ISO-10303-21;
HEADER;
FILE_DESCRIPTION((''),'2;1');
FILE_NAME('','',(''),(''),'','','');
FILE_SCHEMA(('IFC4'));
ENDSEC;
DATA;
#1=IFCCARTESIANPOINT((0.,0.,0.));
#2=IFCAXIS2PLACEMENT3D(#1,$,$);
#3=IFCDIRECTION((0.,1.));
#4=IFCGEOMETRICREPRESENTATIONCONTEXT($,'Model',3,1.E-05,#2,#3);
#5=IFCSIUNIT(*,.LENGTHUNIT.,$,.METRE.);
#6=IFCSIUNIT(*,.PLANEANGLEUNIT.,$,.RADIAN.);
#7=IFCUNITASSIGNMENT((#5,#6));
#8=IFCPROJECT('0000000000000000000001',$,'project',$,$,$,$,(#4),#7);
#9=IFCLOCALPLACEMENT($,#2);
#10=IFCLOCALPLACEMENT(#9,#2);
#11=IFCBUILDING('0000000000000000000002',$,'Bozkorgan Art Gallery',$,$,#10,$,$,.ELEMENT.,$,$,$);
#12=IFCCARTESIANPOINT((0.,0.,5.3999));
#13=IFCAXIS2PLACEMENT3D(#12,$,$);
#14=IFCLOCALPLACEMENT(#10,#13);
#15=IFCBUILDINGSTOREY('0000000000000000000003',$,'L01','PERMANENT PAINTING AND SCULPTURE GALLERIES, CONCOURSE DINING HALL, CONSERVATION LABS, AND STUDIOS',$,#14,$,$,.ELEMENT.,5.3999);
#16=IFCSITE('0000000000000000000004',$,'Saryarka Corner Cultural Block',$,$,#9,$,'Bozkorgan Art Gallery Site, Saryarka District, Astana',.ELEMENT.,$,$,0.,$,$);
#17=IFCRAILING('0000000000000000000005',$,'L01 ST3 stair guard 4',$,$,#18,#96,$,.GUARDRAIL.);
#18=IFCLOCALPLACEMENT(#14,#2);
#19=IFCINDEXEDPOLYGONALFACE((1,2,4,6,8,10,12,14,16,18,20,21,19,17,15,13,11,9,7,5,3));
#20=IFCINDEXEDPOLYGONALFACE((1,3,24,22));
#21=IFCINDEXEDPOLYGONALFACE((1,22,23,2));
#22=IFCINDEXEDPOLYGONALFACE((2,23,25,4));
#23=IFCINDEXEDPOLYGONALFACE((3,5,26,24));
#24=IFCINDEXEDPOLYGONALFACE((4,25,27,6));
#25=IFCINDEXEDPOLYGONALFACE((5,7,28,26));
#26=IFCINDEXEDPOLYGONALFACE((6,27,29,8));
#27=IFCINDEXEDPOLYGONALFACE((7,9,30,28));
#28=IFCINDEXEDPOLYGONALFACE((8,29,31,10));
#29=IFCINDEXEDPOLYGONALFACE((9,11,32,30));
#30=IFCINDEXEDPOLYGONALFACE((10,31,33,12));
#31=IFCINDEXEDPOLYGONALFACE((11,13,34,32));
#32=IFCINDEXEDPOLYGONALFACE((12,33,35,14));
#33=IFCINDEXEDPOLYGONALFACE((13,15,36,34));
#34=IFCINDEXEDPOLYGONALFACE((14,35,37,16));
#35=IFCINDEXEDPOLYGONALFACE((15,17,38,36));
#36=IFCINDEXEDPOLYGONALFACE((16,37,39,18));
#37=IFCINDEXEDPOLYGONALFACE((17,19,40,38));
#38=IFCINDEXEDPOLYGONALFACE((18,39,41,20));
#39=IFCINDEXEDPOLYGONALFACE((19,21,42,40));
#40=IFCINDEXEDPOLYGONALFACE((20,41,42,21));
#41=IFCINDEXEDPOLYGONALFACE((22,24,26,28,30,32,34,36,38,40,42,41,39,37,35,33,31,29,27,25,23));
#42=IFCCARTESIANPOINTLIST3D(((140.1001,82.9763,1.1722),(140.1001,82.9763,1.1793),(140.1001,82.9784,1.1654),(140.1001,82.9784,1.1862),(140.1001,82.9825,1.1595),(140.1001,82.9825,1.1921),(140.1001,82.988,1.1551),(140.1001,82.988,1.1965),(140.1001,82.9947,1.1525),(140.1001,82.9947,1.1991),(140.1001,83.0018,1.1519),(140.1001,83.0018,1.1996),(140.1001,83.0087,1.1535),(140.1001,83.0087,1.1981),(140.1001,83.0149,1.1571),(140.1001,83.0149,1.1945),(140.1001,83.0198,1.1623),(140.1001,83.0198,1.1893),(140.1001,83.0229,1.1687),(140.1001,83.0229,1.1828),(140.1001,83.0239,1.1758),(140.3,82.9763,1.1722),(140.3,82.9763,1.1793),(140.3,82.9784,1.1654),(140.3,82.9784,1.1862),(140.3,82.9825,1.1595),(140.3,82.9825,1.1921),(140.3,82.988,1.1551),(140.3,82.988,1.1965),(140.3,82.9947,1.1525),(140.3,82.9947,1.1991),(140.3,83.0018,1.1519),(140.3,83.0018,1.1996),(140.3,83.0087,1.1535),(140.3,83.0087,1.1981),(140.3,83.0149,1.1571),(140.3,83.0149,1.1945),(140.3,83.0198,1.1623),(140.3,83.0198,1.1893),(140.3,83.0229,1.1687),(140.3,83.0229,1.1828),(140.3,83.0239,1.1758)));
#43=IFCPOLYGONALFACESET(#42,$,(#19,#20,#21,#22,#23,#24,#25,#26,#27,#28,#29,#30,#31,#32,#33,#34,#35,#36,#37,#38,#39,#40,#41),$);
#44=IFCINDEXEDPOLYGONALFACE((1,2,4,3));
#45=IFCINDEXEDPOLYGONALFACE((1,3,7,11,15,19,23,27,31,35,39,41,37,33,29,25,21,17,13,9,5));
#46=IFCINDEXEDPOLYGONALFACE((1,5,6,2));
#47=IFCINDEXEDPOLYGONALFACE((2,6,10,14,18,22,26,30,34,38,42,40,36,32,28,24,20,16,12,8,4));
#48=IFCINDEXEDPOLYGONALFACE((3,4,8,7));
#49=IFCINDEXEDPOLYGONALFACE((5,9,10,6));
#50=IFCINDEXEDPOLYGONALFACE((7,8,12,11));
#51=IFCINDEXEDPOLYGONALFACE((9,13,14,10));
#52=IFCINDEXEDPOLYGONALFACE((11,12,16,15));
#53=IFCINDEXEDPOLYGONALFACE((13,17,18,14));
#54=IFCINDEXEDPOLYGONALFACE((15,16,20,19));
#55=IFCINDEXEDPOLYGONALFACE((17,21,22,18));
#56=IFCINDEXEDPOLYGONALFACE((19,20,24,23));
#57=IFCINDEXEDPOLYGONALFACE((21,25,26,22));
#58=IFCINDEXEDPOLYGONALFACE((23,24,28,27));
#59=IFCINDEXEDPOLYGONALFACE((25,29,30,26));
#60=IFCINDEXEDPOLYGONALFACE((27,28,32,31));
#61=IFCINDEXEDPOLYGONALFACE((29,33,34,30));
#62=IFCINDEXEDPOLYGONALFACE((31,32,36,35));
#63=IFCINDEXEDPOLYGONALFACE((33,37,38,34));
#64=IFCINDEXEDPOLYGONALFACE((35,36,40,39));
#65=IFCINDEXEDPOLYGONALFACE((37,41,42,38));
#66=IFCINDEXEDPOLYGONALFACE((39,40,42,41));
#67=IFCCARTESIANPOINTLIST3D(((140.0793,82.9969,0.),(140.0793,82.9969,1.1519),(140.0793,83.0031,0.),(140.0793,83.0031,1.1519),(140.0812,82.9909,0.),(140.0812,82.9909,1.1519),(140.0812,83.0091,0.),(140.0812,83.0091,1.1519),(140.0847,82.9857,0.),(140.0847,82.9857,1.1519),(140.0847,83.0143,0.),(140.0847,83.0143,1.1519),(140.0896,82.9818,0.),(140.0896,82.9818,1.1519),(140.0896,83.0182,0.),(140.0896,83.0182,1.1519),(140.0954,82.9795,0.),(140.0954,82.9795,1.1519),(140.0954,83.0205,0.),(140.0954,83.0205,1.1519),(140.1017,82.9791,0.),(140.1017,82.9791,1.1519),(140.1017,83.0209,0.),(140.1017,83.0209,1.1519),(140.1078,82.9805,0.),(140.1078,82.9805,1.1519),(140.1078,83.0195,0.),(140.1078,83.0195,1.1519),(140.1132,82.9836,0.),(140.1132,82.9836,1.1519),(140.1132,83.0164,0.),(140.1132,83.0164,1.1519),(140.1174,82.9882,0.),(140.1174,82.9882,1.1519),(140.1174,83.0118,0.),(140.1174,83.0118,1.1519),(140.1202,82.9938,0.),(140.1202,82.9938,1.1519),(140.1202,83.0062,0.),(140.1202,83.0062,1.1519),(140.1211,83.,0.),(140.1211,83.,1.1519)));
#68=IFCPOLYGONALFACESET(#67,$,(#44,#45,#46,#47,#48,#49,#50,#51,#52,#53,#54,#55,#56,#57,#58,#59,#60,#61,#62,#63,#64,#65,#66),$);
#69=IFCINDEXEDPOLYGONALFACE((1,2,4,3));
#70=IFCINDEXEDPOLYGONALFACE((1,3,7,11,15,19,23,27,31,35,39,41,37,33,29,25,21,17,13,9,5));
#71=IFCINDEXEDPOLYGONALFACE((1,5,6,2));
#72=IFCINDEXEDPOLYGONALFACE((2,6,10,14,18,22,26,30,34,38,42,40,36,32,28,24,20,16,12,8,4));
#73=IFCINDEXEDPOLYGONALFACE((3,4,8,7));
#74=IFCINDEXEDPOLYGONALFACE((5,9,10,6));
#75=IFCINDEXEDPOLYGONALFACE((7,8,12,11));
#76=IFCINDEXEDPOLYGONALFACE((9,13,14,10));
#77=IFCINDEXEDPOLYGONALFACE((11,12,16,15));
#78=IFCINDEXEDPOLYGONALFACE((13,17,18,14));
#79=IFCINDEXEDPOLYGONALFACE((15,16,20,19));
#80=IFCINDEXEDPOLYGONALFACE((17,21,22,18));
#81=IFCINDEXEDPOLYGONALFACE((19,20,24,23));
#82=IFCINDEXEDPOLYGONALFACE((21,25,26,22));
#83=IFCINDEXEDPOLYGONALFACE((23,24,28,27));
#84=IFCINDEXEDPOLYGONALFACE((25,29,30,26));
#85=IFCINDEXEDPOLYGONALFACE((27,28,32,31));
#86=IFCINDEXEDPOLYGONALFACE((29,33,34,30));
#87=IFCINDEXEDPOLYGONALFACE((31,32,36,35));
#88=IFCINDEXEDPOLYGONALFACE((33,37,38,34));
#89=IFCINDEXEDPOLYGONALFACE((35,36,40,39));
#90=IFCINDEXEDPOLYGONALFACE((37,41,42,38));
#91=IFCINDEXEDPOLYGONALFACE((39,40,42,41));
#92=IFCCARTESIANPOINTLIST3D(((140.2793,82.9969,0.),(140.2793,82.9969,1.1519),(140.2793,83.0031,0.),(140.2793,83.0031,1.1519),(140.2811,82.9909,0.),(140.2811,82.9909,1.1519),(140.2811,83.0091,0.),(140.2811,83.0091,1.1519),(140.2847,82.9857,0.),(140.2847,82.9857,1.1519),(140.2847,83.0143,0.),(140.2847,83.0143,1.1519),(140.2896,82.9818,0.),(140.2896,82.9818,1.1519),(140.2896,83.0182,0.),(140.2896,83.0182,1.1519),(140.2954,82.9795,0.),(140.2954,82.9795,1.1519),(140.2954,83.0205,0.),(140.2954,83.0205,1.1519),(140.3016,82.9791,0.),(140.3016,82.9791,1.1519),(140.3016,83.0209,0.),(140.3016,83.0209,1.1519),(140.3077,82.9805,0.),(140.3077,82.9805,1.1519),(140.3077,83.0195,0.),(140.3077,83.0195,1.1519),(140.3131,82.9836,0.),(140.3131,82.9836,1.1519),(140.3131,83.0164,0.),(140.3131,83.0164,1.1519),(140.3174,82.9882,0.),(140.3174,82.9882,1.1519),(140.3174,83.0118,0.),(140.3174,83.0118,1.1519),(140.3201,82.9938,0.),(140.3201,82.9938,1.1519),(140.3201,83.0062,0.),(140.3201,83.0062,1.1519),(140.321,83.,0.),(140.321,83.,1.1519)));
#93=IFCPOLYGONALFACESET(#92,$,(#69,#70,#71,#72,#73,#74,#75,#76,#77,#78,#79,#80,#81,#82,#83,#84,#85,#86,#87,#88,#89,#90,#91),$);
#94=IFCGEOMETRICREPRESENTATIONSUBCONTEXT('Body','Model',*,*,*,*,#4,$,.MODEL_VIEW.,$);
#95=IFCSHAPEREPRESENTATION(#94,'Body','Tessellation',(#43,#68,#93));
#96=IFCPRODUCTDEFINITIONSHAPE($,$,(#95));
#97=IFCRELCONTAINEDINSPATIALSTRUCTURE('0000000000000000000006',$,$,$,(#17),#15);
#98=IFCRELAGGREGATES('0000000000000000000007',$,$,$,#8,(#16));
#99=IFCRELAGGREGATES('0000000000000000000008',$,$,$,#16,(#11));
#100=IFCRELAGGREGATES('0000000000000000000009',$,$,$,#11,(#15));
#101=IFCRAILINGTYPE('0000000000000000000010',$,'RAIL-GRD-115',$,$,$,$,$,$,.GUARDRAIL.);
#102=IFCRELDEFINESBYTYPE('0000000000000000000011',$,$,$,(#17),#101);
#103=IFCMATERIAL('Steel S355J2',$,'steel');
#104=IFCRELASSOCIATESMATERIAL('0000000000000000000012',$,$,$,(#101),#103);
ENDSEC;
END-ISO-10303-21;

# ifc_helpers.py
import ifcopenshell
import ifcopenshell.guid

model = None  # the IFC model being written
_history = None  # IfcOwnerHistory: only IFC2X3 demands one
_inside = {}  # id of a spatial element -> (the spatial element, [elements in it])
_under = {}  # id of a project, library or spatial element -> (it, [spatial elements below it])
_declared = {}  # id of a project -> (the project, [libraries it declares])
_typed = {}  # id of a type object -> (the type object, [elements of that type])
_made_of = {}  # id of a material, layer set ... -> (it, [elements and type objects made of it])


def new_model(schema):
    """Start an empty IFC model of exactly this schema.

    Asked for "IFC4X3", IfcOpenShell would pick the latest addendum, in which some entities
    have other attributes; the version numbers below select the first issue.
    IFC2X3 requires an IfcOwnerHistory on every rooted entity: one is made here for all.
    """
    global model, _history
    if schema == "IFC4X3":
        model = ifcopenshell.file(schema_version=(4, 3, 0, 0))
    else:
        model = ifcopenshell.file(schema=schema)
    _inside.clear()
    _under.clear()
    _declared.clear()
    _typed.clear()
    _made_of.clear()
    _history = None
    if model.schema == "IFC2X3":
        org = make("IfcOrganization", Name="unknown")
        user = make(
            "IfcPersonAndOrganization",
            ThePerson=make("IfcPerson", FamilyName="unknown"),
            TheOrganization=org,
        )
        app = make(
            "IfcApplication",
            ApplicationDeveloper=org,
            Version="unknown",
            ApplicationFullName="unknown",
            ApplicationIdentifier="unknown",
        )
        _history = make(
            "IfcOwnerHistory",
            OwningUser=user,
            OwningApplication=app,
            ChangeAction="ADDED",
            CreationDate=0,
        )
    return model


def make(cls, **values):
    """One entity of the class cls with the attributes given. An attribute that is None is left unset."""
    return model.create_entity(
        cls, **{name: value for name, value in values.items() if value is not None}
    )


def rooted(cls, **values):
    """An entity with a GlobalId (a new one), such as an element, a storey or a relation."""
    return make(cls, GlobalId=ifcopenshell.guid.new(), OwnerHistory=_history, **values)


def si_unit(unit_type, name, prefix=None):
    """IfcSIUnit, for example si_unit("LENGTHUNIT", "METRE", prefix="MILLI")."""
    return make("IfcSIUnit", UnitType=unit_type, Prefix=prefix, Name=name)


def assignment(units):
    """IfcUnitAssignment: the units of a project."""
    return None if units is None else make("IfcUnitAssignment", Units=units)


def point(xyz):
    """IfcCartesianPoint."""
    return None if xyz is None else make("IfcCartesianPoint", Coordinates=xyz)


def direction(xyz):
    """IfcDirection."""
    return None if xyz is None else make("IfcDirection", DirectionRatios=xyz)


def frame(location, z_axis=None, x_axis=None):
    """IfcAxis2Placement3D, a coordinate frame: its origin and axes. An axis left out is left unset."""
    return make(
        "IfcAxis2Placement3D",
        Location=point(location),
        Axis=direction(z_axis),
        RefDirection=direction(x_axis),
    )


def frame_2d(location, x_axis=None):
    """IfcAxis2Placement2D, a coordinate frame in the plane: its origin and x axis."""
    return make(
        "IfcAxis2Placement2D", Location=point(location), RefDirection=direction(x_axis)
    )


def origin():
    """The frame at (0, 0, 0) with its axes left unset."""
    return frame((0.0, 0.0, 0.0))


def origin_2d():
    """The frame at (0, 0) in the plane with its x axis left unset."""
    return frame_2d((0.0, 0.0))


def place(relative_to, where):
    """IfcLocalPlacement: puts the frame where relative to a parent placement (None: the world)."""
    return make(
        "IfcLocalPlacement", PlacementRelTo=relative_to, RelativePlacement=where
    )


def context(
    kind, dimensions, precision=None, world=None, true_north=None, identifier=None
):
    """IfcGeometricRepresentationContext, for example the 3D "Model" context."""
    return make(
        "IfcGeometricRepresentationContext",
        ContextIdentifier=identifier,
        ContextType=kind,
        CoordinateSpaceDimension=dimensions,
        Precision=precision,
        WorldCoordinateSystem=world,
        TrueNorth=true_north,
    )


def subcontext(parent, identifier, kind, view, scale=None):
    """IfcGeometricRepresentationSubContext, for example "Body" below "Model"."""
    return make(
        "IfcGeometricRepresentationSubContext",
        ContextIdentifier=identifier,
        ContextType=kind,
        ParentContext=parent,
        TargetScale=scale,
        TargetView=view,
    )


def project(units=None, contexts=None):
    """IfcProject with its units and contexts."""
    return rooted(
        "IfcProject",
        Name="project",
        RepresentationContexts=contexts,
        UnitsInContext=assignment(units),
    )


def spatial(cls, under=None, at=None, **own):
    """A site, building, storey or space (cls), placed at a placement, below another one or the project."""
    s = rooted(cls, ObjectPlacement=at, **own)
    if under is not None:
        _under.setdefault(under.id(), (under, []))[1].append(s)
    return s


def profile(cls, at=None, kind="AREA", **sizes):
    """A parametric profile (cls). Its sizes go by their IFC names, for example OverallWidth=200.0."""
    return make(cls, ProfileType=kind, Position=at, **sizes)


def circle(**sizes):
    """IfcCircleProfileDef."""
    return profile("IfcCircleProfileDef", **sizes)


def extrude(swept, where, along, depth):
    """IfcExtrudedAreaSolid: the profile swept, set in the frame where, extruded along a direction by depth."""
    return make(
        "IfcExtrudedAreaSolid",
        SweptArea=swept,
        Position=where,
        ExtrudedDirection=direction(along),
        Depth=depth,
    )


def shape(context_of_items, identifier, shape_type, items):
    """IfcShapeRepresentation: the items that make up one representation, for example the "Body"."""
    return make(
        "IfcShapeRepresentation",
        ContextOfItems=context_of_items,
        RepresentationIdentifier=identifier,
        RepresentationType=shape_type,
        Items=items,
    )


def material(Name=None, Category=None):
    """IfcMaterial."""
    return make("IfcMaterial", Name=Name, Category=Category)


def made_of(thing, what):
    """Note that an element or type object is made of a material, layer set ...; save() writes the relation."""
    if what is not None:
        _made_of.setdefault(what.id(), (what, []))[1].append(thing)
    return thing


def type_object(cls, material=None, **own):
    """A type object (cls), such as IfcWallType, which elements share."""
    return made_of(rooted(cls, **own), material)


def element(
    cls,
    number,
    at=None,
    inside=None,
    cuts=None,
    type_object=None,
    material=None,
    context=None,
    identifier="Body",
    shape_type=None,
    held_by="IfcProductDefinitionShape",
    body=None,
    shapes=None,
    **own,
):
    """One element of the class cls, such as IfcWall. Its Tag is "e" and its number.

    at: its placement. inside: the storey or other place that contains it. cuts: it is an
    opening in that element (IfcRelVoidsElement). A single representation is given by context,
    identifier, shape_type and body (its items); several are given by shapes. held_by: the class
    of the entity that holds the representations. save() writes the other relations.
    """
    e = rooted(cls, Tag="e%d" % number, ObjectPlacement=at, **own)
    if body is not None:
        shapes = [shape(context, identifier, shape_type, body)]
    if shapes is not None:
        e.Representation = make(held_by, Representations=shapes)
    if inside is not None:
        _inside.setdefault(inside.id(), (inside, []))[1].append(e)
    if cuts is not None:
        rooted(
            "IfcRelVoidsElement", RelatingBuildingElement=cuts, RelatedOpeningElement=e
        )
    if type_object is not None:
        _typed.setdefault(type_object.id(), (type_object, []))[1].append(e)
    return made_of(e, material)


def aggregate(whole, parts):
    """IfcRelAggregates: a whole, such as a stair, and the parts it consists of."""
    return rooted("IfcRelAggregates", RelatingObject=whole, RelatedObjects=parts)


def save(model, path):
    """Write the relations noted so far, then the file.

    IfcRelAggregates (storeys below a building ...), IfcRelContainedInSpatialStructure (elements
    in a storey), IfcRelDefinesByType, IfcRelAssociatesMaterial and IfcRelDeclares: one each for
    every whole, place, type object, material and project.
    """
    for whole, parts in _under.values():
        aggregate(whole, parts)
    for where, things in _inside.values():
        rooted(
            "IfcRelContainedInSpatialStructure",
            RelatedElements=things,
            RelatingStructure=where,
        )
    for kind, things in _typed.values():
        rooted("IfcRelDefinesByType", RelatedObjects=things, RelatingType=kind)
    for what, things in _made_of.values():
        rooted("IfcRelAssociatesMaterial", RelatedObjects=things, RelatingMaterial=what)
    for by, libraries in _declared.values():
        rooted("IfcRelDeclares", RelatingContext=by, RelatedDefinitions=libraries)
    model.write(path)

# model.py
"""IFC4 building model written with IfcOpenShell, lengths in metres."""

from ifc_helpers import new_model, si_unit, direction, frame, origin, origin_2d, place, context, subcontext, project, spatial, circle, extrude, material, type_object, element, save


model = new_model("IFC4")

# Units and contexts
model_context = context("Model", 3, precision=1e-05, world=origin(), true_north=direction((0.0, 1.0)))
body_context = subcontext(model_context, "Body", "Model", "MODEL_VIEW")
ifc_project = project(units=[si_unit("LENGTHUNIT", "METRE"), si_unit("PLANEANGLEUNIT", "RADIAN")], contexts=[model_context])

# Site, building, storey
site_placement = place(None, origin())
site = spatial("IfcSite", under=ifc_project, at=site_placement, Name="Saryarka Corner Cultural Block", LongName="Bozkorgan Art Gallery Site, Saryarka District, Astana", CompositionType="ELEMENT", RefElevation=0.0)
building_placement = place(site_placement, origin())
building = spatial("IfcBuilding", under=site, at=building_placement, Name="Bozkorgan Art Gallery", CompositionType="ELEMENT")
storey_placement = place(building_placement, frame((0.0, 0.0, 5.3999)))
storey = spatial("IfcBuildingStorey", under=building, at=storey_placement, Name="L01", Description="PERMANENT PAINTING AND SCULPTURE GALLERIES, CONCOURSE DINING HALL, CONSERVATION LABS, AND STUDIOS", CompositionType="ELEMENT", Elevation=5.3999)

# Shared definitions
ifc_material_1 = material(Name="Steel S355J2", Category="steel")

# Railing
railing_type_1 = type_object("IfcRailingType", Name="RAIL-GRD-115", PredefinedType="GUARDRAIL", material=ifc_material_1)
railing_1_placement = place(storey_placement, frame((140.1001, 83.0, 0.0)))
element("IfcRailing", 1, at=railing_1_placement, inside=storey, type_object=railing_type_1, Name="L01 ST3 stair guard 4", PredefinedType="GUARDRAIL", context=body_context, shape_type="SweptSolid", body=[
    extrude(circle(Radius=0.0239, at=origin_2d()), frame((0.0, 0.0, 1.1758), z_axis=(1.0, 0.0, 0.0), x_axis=(0.0, 1.0, 0.0)), (0.0, 0.0, 1.0), 0.2),
    extrude(circle(Radius=0.021, at=origin_2d()), origin(), (0.0, 0.0, 1.0), 1.1519),
    extrude(circle(Radius=0.021, at=origin_2d()), frame((0.2, 0.0, 0.0)), (0.0, 0.0, 1.0), 1.1519),
])

save(model, "model.ifc")
